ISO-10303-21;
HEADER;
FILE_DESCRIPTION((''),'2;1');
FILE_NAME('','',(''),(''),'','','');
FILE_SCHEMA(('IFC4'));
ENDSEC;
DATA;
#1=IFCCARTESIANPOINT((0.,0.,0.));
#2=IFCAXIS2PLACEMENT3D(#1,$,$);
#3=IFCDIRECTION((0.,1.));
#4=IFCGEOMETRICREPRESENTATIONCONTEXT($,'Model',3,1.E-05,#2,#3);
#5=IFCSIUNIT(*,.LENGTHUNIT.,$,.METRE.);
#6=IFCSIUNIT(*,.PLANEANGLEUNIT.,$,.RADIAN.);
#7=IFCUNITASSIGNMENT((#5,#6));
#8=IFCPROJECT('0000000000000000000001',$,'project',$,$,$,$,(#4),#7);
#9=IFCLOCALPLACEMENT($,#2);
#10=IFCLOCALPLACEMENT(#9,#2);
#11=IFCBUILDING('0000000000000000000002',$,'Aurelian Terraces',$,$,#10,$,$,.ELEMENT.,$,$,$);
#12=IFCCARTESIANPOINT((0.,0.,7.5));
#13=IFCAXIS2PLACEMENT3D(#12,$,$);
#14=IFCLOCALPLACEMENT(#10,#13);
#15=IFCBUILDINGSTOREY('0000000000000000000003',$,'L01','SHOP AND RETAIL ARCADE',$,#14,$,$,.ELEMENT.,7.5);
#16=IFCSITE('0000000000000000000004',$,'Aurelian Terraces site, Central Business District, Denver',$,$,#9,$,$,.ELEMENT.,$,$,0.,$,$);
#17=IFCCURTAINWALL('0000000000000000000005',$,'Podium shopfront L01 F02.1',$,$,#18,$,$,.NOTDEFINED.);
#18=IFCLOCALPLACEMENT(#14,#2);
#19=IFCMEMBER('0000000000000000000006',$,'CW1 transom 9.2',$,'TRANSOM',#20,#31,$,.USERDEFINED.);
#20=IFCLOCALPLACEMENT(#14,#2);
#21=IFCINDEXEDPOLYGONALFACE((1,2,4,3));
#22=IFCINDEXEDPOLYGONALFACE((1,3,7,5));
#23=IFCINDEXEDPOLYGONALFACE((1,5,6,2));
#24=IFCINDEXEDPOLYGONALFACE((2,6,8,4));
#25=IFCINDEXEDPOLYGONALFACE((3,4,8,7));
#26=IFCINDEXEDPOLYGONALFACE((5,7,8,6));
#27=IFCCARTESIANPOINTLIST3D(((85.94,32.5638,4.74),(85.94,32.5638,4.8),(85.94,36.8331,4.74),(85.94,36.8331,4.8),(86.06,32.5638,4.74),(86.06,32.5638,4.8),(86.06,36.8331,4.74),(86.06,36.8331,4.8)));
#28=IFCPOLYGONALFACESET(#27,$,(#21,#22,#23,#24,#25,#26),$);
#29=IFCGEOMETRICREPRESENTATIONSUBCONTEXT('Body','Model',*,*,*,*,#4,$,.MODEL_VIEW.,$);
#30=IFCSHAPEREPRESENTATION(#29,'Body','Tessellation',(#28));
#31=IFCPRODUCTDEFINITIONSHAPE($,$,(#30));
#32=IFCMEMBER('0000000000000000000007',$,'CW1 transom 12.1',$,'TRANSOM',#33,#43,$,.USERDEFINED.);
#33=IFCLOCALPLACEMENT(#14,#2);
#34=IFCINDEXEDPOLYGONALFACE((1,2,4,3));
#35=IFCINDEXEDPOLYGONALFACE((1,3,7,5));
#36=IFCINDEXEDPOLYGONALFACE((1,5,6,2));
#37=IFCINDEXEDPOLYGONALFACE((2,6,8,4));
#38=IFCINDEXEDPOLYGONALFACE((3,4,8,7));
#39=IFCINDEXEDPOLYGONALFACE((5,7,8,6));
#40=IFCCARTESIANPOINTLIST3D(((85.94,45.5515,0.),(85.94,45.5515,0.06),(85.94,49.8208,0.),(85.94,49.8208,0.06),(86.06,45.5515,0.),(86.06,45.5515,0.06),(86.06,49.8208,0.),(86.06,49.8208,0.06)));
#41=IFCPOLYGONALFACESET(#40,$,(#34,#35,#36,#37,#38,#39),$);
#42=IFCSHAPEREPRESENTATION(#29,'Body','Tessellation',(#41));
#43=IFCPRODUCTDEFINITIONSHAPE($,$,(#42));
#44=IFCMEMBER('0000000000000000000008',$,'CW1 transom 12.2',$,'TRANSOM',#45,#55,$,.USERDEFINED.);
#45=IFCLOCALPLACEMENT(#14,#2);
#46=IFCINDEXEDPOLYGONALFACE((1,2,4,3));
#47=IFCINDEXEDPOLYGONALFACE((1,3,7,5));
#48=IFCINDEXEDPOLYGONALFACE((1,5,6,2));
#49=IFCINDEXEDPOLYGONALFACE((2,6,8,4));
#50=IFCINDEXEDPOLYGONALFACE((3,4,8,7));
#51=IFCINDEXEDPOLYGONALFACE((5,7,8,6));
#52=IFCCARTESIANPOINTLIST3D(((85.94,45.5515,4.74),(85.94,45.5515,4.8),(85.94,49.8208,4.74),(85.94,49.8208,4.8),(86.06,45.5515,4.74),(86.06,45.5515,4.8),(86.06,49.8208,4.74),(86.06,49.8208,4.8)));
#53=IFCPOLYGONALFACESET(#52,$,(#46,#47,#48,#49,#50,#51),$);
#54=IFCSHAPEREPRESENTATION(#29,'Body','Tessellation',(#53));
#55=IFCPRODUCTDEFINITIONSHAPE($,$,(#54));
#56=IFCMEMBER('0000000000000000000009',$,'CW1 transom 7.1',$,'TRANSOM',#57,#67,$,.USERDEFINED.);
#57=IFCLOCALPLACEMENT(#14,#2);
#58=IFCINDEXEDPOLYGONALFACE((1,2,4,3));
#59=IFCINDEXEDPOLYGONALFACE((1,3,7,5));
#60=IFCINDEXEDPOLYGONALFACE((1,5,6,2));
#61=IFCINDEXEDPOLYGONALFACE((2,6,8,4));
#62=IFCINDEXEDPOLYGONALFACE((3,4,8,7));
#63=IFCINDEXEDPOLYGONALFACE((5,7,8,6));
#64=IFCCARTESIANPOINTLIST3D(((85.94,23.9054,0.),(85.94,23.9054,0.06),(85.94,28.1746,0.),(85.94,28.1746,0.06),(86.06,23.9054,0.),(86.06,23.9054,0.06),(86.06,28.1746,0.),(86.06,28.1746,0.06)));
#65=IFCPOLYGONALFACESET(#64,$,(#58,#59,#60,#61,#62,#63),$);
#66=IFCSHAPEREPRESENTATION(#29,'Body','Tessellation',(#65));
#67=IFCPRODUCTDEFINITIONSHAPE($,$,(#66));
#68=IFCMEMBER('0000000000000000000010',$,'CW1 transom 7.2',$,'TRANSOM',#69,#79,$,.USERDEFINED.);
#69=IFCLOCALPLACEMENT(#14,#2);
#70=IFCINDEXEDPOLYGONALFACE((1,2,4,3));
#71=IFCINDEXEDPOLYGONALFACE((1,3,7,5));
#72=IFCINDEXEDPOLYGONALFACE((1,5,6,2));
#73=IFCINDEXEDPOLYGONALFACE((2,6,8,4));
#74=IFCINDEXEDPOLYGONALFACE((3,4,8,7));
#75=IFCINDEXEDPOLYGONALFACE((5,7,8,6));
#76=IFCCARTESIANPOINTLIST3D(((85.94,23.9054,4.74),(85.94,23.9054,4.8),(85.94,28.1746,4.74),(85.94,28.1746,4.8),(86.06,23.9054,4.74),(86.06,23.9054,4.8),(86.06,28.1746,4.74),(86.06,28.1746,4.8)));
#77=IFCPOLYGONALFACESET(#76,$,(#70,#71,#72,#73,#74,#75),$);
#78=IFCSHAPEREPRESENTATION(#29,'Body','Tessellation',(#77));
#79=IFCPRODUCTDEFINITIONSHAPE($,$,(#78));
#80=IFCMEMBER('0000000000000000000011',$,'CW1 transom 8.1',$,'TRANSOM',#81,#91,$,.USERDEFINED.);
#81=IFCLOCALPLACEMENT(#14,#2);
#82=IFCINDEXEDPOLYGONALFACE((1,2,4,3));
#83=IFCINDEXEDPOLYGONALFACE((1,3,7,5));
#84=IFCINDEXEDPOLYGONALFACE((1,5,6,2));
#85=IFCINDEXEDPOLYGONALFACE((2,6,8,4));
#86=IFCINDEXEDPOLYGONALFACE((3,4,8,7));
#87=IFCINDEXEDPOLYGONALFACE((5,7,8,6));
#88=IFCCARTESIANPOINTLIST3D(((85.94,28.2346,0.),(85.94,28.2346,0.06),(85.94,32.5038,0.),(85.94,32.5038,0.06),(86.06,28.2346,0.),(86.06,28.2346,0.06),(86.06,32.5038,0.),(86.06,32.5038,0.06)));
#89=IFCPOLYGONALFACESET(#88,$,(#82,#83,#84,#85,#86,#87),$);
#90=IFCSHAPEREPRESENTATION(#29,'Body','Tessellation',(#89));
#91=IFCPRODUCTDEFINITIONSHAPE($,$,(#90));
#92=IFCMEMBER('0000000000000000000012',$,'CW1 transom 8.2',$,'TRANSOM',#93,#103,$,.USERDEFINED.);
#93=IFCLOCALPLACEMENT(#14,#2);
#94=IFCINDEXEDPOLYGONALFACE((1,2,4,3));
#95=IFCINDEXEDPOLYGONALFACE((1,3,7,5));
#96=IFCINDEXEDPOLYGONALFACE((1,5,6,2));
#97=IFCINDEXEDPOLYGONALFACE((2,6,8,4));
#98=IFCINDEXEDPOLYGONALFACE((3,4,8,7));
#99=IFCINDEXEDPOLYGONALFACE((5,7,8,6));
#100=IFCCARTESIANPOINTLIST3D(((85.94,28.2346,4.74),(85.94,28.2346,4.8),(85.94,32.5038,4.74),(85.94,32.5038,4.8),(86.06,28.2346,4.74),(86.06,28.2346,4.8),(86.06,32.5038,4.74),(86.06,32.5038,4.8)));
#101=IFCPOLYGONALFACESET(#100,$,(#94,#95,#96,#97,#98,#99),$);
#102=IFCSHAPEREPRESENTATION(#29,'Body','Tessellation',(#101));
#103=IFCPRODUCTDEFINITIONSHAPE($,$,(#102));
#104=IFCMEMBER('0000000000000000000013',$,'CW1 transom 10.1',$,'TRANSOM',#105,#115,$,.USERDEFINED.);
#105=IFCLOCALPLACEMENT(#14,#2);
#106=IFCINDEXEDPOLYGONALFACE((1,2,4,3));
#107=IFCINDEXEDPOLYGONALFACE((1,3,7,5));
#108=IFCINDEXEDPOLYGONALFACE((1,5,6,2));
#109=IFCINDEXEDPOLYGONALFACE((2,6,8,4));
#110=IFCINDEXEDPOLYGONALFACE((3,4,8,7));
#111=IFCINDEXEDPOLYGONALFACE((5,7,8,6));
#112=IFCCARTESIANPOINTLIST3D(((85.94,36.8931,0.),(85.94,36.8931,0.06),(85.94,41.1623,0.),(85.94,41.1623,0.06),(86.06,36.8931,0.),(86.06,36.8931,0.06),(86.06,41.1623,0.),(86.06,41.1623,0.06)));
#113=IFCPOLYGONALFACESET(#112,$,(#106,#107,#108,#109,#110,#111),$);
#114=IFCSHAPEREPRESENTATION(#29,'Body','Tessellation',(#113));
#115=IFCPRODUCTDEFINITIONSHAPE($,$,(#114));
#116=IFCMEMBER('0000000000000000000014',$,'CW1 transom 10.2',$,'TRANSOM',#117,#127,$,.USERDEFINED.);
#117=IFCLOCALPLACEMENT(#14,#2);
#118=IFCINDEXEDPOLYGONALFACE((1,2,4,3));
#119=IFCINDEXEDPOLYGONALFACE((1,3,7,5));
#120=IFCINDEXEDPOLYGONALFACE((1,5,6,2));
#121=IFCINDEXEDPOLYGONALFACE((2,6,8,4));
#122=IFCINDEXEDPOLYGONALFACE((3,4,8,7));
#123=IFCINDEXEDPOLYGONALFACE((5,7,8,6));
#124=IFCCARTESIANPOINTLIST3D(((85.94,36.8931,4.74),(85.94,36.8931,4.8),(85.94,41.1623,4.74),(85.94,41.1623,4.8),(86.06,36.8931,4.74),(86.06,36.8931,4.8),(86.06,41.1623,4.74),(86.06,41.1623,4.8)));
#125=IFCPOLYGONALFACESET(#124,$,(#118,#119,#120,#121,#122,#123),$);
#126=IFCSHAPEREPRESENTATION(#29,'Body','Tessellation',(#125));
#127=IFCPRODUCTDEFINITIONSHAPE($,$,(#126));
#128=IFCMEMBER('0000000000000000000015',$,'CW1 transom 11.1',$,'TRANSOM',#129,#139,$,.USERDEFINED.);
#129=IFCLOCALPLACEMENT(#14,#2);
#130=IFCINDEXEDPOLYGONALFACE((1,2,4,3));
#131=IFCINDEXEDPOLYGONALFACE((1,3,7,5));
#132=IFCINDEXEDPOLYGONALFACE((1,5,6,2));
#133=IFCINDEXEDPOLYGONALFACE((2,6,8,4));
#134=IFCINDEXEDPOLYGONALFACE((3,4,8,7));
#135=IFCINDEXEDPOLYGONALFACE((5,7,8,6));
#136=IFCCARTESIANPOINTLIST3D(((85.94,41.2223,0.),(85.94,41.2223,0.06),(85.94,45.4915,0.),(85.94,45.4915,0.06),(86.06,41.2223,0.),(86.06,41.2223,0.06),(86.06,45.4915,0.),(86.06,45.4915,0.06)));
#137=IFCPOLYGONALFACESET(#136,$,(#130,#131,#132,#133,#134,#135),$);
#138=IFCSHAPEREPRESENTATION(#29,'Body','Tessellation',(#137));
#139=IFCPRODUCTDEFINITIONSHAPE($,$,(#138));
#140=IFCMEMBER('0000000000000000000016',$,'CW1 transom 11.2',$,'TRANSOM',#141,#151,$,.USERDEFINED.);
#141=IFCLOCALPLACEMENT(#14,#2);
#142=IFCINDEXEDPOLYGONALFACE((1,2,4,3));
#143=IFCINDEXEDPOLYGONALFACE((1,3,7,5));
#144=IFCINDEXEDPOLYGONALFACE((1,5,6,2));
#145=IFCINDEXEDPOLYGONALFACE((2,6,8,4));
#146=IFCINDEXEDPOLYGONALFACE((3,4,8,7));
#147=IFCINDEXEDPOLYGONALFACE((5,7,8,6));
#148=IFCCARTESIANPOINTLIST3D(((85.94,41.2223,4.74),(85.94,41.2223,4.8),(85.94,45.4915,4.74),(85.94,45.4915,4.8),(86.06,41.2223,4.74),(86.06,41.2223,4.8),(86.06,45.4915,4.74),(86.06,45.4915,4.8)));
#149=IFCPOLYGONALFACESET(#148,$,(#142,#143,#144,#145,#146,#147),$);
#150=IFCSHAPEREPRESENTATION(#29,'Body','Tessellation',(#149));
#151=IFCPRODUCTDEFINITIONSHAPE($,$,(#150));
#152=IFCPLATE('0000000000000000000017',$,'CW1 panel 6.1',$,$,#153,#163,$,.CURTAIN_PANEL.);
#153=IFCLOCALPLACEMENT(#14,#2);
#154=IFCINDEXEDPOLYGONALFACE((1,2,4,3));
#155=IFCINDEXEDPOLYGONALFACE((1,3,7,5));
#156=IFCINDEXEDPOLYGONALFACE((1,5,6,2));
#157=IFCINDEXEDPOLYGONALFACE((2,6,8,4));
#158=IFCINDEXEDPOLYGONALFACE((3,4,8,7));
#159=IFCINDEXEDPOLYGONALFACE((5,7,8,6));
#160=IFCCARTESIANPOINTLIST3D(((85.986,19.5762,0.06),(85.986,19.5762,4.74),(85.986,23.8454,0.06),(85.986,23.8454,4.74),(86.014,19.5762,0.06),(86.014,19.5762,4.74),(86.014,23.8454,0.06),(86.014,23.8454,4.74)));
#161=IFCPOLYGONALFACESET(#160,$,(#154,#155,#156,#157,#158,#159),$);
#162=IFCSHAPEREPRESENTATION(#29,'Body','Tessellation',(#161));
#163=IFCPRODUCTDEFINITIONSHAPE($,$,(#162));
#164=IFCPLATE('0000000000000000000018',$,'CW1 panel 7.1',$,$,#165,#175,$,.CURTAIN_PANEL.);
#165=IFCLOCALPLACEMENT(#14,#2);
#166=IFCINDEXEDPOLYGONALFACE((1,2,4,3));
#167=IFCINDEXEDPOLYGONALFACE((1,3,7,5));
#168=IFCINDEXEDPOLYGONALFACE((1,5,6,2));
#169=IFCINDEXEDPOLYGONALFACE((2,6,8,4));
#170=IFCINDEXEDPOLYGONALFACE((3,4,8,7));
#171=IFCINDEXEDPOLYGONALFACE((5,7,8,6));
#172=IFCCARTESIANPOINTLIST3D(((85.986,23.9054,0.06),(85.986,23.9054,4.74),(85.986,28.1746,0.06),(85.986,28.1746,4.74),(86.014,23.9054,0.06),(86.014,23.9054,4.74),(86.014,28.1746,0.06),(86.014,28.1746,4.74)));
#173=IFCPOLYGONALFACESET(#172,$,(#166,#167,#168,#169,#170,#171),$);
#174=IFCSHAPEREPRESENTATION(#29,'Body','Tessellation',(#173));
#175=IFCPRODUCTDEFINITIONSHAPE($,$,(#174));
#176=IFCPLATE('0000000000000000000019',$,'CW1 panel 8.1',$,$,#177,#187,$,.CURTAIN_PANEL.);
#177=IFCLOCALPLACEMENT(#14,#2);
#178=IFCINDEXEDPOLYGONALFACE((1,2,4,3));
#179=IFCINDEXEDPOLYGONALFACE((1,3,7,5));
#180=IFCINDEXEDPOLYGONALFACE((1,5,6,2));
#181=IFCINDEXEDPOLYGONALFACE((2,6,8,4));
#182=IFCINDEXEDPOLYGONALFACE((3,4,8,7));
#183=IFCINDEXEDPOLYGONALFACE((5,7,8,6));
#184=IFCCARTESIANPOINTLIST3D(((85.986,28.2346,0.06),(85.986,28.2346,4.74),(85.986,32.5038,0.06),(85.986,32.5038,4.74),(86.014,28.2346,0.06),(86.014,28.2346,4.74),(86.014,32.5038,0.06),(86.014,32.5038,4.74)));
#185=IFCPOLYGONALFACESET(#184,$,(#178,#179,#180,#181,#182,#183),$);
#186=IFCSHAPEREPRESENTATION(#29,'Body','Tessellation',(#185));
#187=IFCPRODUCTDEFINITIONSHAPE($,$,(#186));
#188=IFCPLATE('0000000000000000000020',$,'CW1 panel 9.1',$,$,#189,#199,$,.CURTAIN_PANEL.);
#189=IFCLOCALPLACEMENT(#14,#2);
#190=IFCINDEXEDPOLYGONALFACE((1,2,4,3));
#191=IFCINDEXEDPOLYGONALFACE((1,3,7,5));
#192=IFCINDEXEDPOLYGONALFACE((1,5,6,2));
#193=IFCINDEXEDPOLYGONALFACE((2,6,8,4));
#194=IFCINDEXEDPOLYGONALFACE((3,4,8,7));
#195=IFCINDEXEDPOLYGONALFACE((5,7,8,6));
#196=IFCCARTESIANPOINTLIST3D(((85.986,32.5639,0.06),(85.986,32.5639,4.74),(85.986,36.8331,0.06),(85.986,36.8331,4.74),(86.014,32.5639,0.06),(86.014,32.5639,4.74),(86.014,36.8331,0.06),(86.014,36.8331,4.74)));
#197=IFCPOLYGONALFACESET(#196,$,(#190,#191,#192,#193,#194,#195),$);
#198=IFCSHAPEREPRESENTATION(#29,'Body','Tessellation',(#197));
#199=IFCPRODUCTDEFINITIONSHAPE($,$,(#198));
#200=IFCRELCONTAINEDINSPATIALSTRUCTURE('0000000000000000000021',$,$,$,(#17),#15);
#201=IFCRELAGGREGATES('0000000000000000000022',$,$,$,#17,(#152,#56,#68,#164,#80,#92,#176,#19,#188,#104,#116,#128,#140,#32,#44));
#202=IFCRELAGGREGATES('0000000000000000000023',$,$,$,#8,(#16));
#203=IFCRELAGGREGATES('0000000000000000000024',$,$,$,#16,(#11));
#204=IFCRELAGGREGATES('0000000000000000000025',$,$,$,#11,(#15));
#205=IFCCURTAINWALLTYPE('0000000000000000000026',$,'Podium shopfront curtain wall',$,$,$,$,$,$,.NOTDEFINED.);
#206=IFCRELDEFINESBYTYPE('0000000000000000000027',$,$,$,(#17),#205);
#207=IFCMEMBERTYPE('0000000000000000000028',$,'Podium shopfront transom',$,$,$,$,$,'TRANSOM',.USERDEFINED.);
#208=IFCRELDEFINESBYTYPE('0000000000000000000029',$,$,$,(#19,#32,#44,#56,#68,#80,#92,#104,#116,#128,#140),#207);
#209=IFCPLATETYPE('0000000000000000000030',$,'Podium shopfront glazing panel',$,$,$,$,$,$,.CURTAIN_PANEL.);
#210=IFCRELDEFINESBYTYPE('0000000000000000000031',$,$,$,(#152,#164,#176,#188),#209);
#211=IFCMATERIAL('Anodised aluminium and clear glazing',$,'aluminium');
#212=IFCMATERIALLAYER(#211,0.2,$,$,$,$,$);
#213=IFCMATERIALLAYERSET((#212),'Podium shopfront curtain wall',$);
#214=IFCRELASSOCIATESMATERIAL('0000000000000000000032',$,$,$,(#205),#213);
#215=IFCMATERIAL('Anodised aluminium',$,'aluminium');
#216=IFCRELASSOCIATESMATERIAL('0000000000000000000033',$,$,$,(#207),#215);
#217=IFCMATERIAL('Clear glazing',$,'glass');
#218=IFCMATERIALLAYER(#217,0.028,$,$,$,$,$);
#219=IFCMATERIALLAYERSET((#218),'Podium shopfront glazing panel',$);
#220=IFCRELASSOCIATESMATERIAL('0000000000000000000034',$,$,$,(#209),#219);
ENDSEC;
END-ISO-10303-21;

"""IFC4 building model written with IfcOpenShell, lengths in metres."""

from ifc_helpers import new_model, si_unit, direction, frame, origin, origin_2d, place, context, subcontext, project, spatial, rectangle, extrude, source, transform, mapped, material, layer, layer_set, material_profile, profile_set, type_object, element, aggregate, save


model = new_model("IFC4")

# Units and contexts
model_context = context("Model", 3, precision=1e-05, world=origin(), true_north=direction((0.0, 1.0)))
body_context = subcontext(model_context, "Body", "Model", "MODEL_VIEW")
ifc_project = project(units=[si_unit("LENGTHUNIT", "METRE"), si_unit("PLANEANGLEUNIT", "RADIAN")], contexts=[model_context])

# Site, building, storey
site_placement = place(None, origin())
site = spatial("IfcSite", under=ifc_project, at=site_placement, Name="Aurelian Terraces site, Central Business District, Denver", CompositionType="ELEMENT", RefElevation=0.0)
building_placement = place(site_placement, origin())
building = spatial("IfcBuilding", under=site, at=building_placement, Name="Aurelian Terraces", CompositionType="ELEMENT")
storey_placement = place(building_placement, frame((0.0, 0.0, 7.5)))
storey = spatial("IfcBuildingStorey", under=building, at=storey_placement, Name="L01", Description="SHOP AND RETAIL ARCADE", CompositionType="ELEMENT", Elevation=7.5)

# Shared definitions
ifc_material_1 = material(Name="Anodised aluminium and clear glazing", Category="aluminium")
ifc_layer_1 = layer(ifc_material_1, 0.2)
ifc_layer_set_1 = layer_set([ifc_layer_1], Name="Podium shopfront curtain wall")
curtain_wall_type = type_object("IfcCurtainWallType", Name="Podium shopfront curtain wall", PredefinedType="NOTDEFINED", material=ifc_layer_set_1)
ifc_material_2 = material(Name="Anodised aluminium", Category="aluminium")
ifc_material_profile_1 = material_profile(ifc_material_2, rectangle(XDim=0.12, YDim=0.06, at=origin_2d()))
ifc_profile_set_1 = profile_set([ifc_material_profile_1], Name="Anodised aluminium")
member_type_1 = type_object("IfcMemberType", Name="Podium shopfront transom", ElementType="TRANSOM", PredefinedType="USERDEFINED", material=ifc_profile_set_1)

# Curtain wall
curtain_wall_1_placement = place(storey_placement, origin())
curtain_wall_1 = element("IfcCurtainWall", 1, at=curtain_wall_1_placement, inside=storey, type_object=curtain_wall_type, Name="Podium shopfront L01 F02.1", PredefinedType="NOTDEFINED")

# Members
shared_shape_1 = source(origin(), body_context, "Body", "SweptSolid", [
    extrude(rectangle(XDim=0.12, YDim=0.06, at=origin_2d()), origin(), (0.0, 0.0, 1.0), 4.2693),
])
member_1_placement = place(storey_placement, frame((86.0, 32.5638, 4.77), z_axis=(0.0, 1.0, 0.0), x_axis=(-1.0, 0.0, 0.0)))
member_1 = element("IfcMember", 2, at=member_1_placement, type_object=member_type_1, Name="CW1 transom 9.2", ObjectType="TRANSOM", PredefinedType="USERDEFINED", context=body_context, shape_type="MappedRepresentation", body=[
    mapped(shared_shape_1, transform((0.0, 0.0, 0.0), scale=1.0)),
])
member_2_placement = place(storey_placement, frame((86.0, 45.5515, 0.03), z_axis=(0.0, 1.0, 0.0), x_axis=(-1.0, 0.0, 0.0)))
member_2 = element("IfcMember", 3, at=member_2_placement, type_object=member_type_1, Name="CW1 transom 12.1", ObjectType="TRANSOM", PredefinedType="USERDEFINED", context=body_context, shape_type="MappedRepresentation", body=[
    mapped(shared_shape_1, transform((0.0, 0.0, 0.0), scale=1.0)),
])
member_3_placement = place(storey_placement, frame((86.0, 45.5515, 4.77), z_axis=(0.0, 1.0, 0.0), x_axis=(-1.0, 0.0, 0.0)))
member_3 = element("IfcMember", 4, at=member_3_placement, type_object=member_type_1, Name="CW1 transom 12.2", ObjectType="TRANSOM", PredefinedType="USERDEFINED", context=body_context, shape_type="MappedRepresentation", body=[
    mapped(shared_shape_1, transform((0.0, 0.0, 0.0), scale=1.0)),
])
shared_shape_2 = source(origin(), body_context, "Body", "SweptSolid", [
    extrude(rectangle(XDim=0.12, YDim=0.06, at=origin_2d()), origin(), (0.0, 0.0, 1.0), 4.2692),
])
member_4_placement = place(storey_placement, frame((86.0, 23.9054, 0.03), z_axis=(0.0, 1.0, 0.0), x_axis=(-1.0, 0.0, 0.0)))
member_4 = element("IfcMember", 5, at=member_4_placement, type_object=member_type_1, Name="CW1 transom 7.1", ObjectType="TRANSOM", PredefinedType="USERDEFINED", context=body_context, shape_type="MappedRepresentation", body=[
    mapped(shared_shape_2, transform((0.0, 0.0, 0.0), scale=1.0)),
])
member_5_placement = place(storey_placement, frame((86.0, 23.9054, 4.77), z_axis=(0.0, 1.0, 0.0), x_axis=(-1.0, 0.0, 0.0)))
member_5 = element("IfcMember", 6, at=member_5_placement, type_object=member_type_1, Name="CW1 transom 7.2", ObjectType="TRANSOM", PredefinedType="USERDEFINED", context=body_context, shape_type="MappedRepresentation", body=[
    mapped(shared_shape_2, transform((0.0, 0.0, 0.0), scale=1.0)),
])
member_6_placement = place(storey_placement, frame((86.0, 28.2346, 0.03), z_axis=(0.0, 1.0, 0.0), x_axis=(-1.0, 0.0, 0.0)))
member_6 = element("IfcMember", 7, at=member_6_placement, type_object=member_type_1, Name="CW1 transom 8.1", ObjectType="TRANSOM", PredefinedType="USERDEFINED", context=body_context, shape_type="MappedRepresentation", body=[
    mapped(shared_shape_2, transform((0.0, 0.0, 0.0), scale=1.0)),
])
member_7_placement = place(storey_placement, frame((86.0, 28.2346, 4.77), z_axis=(0.0, 1.0, 0.0), x_axis=(-1.0, 0.0, 0.0)))
member_7 = element("IfcMember", 8, at=member_7_placement, type_object=member_type_1, Name="CW1 transom 8.2", ObjectType="TRANSOM", PredefinedType="USERDEFINED", context=body_context, shape_type="MappedRepresentation", body=[
    mapped(shared_shape_2, transform((0.0, 0.0, 0.0), scale=1.0)),
])
member_8_placement = place(storey_placement, frame((86.0, 36.8931, 0.03), z_axis=(0.0, 1.0, 0.0), x_axis=(-1.0, 0.0, 0.0)))
member_8 = element("IfcMember", 9, at=member_8_placement, type_object=member_type_1, Name="CW1 transom 10.1", ObjectType="TRANSOM", PredefinedType="USERDEFINED", context=body_context, shape_type="MappedRepresentation", body=[
    mapped(shared_shape_2, transform((0.0, 0.0, 0.0), scale=1.0)),
])
member_9_placement = place(storey_placement, frame((86.0, 36.8931, 4.77), z_axis=(0.0, 1.0, 0.0), x_axis=(-1.0, 0.0, 0.0)))
member_9 = element("IfcMember", 10, at=member_9_placement, type_object=member_type_1, Name="CW1 transom 10.2", ObjectType="TRANSOM", PredefinedType="USERDEFINED", context=body_context, shape_type="MappedRepresentation", body=[
    mapped(shared_shape_2, transform((0.0, 0.0, 0.0), scale=1.0)),
])
member_10_placement = place(storey_placement, frame((86.0, 41.2223, 0.03), z_axis=(0.0, 1.0, 0.0), x_axis=(-1.0, 0.0, 0.0)))
member_10 = element("IfcMember", 11, at=member_10_placement, type_object=member_type_1, Name="CW1 transom 11.1", ObjectType="TRANSOM", PredefinedType="USERDEFINED", context=body_context, shape_type="MappedRepresentation", body=[
    mapped(shared_shape_2, transform((0.0, 0.0, 0.0), scale=1.0)),
])
member_11_placement = place(storey_placement, frame((86.0, 41.2223, 4.77), z_axis=(0.0, 1.0, 0.0), x_axis=(-1.0, 0.0, 0.0)))
member_11 = element("IfcMember", 12, at=member_11_placement, type_object=member_type_1, Name="CW1 transom 11.2", ObjectType="TRANSOM", PredefinedType="USERDEFINED", context=body_context, shape_type="MappedRepresentation", body=[
    mapped(shared_shape_2, transform((0.0, 0.0, 0.0), scale=1.0)),
])

# Plates
ifc_material_3 = material(Name="Clear glazing", Category="glass")
ifc_layer_2 = layer(ifc_material_3, 0.028)
ifc_layer_set_2 = layer_set([ifc_layer_2], Name="Podium shopfront glazing panel")
plate_type = type_object("IfcPlateType", Name="Podium shopfront glazing panel", PredefinedType="CURTAIN_PANEL", material=ifc_layer_set_2)
shared_shape_3 = source(origin(), body_context, "Body", "SweptSolid", [
    extrude(rectangle(XDim=4.2692, YDim=0.028, at=origin_2d()), origin(), (0.0, 0.0, 1.0), 4.68),
])
plate_1_placement = place(storey_placement, frame((86.0, 21.7108, 0.06), z_axis=(0.0, 0.0, 1.0), x_axis=(0.0, 1.0, 0.0)))
plate_1 = element("IfcPlate", 13, at=plate_1_placement, type_object=plate_type, Name="CW1 panel 6.1", PredefinedType="CURTAIN_PANEL", context=body_context, shape_type="MappedRepresentation", body=[
    mapped(shared_shape_3, transform((0.0, 0.0, 0.0), scale=1.0)),
])
plate_2_placement = place(storey_placement, frame((86.0, 26.04, 0.06), z_axis=(0.0, 0.0, 1.0), x_axis=(0.0, 1.0, 0.0)))
plate_2 = element("IfcPlate", 14, at=plate_2_placement, type_object=plate_type, Name="CW1 panel 7.1", PredefinedType="CURTAIN_PANEL", context=body_context, shape_type="MappedRepresentation", body=[
    mapped(shared_shape_3, transform((0.0, 0.0, 0.0), scale=1.0)),
])
plate_3_placement = place(storey_placement, frame((86.0, 30.3692, 0.06), z_axis=(0.0, 0.0, 1.0), x_axis=(0.0, 1.0, 0.0)))
plate_3 = element("IfcPlate", 15, at=plate_3_placement, type_object=plate_type, Name="CW1 panel 8.1", PredefinedType="CURTAIN_PANEL", context=body_context, shape_type="MappedRepresentation", body=[
    mapped(shared_shape_3, transform((0.0, 0.0, 0.0), scale=1.0)),
])
plate_4_placement = place(storey_placement, frame((86.0, 34.6985, 0.06), z_axis=(0.0, 0.0, 1.0), x_axis=(0.0, 1.0, 0.0)))
plate_4 = element("IfcPlate", 16, at=plate_4_placement, type_object=plate_type, Name="CW1 panel 9.1", PredefinedType="CURTAIN_PANEL", context=body_context, shape_type="MappedRepresentation", body=[
    mapped(shared_shape_3, transform((0.0, 0.0, 0.0), scale=1.0)),
])
aggregate(curtain_wall_1, [plate_1, member_4, member_5, plate_2, member_6, member_7, plate_3, member_1, plate_4, member_8, member_9, member_10, member_11, member_2, member_3])

save(model, "model.ifc")
